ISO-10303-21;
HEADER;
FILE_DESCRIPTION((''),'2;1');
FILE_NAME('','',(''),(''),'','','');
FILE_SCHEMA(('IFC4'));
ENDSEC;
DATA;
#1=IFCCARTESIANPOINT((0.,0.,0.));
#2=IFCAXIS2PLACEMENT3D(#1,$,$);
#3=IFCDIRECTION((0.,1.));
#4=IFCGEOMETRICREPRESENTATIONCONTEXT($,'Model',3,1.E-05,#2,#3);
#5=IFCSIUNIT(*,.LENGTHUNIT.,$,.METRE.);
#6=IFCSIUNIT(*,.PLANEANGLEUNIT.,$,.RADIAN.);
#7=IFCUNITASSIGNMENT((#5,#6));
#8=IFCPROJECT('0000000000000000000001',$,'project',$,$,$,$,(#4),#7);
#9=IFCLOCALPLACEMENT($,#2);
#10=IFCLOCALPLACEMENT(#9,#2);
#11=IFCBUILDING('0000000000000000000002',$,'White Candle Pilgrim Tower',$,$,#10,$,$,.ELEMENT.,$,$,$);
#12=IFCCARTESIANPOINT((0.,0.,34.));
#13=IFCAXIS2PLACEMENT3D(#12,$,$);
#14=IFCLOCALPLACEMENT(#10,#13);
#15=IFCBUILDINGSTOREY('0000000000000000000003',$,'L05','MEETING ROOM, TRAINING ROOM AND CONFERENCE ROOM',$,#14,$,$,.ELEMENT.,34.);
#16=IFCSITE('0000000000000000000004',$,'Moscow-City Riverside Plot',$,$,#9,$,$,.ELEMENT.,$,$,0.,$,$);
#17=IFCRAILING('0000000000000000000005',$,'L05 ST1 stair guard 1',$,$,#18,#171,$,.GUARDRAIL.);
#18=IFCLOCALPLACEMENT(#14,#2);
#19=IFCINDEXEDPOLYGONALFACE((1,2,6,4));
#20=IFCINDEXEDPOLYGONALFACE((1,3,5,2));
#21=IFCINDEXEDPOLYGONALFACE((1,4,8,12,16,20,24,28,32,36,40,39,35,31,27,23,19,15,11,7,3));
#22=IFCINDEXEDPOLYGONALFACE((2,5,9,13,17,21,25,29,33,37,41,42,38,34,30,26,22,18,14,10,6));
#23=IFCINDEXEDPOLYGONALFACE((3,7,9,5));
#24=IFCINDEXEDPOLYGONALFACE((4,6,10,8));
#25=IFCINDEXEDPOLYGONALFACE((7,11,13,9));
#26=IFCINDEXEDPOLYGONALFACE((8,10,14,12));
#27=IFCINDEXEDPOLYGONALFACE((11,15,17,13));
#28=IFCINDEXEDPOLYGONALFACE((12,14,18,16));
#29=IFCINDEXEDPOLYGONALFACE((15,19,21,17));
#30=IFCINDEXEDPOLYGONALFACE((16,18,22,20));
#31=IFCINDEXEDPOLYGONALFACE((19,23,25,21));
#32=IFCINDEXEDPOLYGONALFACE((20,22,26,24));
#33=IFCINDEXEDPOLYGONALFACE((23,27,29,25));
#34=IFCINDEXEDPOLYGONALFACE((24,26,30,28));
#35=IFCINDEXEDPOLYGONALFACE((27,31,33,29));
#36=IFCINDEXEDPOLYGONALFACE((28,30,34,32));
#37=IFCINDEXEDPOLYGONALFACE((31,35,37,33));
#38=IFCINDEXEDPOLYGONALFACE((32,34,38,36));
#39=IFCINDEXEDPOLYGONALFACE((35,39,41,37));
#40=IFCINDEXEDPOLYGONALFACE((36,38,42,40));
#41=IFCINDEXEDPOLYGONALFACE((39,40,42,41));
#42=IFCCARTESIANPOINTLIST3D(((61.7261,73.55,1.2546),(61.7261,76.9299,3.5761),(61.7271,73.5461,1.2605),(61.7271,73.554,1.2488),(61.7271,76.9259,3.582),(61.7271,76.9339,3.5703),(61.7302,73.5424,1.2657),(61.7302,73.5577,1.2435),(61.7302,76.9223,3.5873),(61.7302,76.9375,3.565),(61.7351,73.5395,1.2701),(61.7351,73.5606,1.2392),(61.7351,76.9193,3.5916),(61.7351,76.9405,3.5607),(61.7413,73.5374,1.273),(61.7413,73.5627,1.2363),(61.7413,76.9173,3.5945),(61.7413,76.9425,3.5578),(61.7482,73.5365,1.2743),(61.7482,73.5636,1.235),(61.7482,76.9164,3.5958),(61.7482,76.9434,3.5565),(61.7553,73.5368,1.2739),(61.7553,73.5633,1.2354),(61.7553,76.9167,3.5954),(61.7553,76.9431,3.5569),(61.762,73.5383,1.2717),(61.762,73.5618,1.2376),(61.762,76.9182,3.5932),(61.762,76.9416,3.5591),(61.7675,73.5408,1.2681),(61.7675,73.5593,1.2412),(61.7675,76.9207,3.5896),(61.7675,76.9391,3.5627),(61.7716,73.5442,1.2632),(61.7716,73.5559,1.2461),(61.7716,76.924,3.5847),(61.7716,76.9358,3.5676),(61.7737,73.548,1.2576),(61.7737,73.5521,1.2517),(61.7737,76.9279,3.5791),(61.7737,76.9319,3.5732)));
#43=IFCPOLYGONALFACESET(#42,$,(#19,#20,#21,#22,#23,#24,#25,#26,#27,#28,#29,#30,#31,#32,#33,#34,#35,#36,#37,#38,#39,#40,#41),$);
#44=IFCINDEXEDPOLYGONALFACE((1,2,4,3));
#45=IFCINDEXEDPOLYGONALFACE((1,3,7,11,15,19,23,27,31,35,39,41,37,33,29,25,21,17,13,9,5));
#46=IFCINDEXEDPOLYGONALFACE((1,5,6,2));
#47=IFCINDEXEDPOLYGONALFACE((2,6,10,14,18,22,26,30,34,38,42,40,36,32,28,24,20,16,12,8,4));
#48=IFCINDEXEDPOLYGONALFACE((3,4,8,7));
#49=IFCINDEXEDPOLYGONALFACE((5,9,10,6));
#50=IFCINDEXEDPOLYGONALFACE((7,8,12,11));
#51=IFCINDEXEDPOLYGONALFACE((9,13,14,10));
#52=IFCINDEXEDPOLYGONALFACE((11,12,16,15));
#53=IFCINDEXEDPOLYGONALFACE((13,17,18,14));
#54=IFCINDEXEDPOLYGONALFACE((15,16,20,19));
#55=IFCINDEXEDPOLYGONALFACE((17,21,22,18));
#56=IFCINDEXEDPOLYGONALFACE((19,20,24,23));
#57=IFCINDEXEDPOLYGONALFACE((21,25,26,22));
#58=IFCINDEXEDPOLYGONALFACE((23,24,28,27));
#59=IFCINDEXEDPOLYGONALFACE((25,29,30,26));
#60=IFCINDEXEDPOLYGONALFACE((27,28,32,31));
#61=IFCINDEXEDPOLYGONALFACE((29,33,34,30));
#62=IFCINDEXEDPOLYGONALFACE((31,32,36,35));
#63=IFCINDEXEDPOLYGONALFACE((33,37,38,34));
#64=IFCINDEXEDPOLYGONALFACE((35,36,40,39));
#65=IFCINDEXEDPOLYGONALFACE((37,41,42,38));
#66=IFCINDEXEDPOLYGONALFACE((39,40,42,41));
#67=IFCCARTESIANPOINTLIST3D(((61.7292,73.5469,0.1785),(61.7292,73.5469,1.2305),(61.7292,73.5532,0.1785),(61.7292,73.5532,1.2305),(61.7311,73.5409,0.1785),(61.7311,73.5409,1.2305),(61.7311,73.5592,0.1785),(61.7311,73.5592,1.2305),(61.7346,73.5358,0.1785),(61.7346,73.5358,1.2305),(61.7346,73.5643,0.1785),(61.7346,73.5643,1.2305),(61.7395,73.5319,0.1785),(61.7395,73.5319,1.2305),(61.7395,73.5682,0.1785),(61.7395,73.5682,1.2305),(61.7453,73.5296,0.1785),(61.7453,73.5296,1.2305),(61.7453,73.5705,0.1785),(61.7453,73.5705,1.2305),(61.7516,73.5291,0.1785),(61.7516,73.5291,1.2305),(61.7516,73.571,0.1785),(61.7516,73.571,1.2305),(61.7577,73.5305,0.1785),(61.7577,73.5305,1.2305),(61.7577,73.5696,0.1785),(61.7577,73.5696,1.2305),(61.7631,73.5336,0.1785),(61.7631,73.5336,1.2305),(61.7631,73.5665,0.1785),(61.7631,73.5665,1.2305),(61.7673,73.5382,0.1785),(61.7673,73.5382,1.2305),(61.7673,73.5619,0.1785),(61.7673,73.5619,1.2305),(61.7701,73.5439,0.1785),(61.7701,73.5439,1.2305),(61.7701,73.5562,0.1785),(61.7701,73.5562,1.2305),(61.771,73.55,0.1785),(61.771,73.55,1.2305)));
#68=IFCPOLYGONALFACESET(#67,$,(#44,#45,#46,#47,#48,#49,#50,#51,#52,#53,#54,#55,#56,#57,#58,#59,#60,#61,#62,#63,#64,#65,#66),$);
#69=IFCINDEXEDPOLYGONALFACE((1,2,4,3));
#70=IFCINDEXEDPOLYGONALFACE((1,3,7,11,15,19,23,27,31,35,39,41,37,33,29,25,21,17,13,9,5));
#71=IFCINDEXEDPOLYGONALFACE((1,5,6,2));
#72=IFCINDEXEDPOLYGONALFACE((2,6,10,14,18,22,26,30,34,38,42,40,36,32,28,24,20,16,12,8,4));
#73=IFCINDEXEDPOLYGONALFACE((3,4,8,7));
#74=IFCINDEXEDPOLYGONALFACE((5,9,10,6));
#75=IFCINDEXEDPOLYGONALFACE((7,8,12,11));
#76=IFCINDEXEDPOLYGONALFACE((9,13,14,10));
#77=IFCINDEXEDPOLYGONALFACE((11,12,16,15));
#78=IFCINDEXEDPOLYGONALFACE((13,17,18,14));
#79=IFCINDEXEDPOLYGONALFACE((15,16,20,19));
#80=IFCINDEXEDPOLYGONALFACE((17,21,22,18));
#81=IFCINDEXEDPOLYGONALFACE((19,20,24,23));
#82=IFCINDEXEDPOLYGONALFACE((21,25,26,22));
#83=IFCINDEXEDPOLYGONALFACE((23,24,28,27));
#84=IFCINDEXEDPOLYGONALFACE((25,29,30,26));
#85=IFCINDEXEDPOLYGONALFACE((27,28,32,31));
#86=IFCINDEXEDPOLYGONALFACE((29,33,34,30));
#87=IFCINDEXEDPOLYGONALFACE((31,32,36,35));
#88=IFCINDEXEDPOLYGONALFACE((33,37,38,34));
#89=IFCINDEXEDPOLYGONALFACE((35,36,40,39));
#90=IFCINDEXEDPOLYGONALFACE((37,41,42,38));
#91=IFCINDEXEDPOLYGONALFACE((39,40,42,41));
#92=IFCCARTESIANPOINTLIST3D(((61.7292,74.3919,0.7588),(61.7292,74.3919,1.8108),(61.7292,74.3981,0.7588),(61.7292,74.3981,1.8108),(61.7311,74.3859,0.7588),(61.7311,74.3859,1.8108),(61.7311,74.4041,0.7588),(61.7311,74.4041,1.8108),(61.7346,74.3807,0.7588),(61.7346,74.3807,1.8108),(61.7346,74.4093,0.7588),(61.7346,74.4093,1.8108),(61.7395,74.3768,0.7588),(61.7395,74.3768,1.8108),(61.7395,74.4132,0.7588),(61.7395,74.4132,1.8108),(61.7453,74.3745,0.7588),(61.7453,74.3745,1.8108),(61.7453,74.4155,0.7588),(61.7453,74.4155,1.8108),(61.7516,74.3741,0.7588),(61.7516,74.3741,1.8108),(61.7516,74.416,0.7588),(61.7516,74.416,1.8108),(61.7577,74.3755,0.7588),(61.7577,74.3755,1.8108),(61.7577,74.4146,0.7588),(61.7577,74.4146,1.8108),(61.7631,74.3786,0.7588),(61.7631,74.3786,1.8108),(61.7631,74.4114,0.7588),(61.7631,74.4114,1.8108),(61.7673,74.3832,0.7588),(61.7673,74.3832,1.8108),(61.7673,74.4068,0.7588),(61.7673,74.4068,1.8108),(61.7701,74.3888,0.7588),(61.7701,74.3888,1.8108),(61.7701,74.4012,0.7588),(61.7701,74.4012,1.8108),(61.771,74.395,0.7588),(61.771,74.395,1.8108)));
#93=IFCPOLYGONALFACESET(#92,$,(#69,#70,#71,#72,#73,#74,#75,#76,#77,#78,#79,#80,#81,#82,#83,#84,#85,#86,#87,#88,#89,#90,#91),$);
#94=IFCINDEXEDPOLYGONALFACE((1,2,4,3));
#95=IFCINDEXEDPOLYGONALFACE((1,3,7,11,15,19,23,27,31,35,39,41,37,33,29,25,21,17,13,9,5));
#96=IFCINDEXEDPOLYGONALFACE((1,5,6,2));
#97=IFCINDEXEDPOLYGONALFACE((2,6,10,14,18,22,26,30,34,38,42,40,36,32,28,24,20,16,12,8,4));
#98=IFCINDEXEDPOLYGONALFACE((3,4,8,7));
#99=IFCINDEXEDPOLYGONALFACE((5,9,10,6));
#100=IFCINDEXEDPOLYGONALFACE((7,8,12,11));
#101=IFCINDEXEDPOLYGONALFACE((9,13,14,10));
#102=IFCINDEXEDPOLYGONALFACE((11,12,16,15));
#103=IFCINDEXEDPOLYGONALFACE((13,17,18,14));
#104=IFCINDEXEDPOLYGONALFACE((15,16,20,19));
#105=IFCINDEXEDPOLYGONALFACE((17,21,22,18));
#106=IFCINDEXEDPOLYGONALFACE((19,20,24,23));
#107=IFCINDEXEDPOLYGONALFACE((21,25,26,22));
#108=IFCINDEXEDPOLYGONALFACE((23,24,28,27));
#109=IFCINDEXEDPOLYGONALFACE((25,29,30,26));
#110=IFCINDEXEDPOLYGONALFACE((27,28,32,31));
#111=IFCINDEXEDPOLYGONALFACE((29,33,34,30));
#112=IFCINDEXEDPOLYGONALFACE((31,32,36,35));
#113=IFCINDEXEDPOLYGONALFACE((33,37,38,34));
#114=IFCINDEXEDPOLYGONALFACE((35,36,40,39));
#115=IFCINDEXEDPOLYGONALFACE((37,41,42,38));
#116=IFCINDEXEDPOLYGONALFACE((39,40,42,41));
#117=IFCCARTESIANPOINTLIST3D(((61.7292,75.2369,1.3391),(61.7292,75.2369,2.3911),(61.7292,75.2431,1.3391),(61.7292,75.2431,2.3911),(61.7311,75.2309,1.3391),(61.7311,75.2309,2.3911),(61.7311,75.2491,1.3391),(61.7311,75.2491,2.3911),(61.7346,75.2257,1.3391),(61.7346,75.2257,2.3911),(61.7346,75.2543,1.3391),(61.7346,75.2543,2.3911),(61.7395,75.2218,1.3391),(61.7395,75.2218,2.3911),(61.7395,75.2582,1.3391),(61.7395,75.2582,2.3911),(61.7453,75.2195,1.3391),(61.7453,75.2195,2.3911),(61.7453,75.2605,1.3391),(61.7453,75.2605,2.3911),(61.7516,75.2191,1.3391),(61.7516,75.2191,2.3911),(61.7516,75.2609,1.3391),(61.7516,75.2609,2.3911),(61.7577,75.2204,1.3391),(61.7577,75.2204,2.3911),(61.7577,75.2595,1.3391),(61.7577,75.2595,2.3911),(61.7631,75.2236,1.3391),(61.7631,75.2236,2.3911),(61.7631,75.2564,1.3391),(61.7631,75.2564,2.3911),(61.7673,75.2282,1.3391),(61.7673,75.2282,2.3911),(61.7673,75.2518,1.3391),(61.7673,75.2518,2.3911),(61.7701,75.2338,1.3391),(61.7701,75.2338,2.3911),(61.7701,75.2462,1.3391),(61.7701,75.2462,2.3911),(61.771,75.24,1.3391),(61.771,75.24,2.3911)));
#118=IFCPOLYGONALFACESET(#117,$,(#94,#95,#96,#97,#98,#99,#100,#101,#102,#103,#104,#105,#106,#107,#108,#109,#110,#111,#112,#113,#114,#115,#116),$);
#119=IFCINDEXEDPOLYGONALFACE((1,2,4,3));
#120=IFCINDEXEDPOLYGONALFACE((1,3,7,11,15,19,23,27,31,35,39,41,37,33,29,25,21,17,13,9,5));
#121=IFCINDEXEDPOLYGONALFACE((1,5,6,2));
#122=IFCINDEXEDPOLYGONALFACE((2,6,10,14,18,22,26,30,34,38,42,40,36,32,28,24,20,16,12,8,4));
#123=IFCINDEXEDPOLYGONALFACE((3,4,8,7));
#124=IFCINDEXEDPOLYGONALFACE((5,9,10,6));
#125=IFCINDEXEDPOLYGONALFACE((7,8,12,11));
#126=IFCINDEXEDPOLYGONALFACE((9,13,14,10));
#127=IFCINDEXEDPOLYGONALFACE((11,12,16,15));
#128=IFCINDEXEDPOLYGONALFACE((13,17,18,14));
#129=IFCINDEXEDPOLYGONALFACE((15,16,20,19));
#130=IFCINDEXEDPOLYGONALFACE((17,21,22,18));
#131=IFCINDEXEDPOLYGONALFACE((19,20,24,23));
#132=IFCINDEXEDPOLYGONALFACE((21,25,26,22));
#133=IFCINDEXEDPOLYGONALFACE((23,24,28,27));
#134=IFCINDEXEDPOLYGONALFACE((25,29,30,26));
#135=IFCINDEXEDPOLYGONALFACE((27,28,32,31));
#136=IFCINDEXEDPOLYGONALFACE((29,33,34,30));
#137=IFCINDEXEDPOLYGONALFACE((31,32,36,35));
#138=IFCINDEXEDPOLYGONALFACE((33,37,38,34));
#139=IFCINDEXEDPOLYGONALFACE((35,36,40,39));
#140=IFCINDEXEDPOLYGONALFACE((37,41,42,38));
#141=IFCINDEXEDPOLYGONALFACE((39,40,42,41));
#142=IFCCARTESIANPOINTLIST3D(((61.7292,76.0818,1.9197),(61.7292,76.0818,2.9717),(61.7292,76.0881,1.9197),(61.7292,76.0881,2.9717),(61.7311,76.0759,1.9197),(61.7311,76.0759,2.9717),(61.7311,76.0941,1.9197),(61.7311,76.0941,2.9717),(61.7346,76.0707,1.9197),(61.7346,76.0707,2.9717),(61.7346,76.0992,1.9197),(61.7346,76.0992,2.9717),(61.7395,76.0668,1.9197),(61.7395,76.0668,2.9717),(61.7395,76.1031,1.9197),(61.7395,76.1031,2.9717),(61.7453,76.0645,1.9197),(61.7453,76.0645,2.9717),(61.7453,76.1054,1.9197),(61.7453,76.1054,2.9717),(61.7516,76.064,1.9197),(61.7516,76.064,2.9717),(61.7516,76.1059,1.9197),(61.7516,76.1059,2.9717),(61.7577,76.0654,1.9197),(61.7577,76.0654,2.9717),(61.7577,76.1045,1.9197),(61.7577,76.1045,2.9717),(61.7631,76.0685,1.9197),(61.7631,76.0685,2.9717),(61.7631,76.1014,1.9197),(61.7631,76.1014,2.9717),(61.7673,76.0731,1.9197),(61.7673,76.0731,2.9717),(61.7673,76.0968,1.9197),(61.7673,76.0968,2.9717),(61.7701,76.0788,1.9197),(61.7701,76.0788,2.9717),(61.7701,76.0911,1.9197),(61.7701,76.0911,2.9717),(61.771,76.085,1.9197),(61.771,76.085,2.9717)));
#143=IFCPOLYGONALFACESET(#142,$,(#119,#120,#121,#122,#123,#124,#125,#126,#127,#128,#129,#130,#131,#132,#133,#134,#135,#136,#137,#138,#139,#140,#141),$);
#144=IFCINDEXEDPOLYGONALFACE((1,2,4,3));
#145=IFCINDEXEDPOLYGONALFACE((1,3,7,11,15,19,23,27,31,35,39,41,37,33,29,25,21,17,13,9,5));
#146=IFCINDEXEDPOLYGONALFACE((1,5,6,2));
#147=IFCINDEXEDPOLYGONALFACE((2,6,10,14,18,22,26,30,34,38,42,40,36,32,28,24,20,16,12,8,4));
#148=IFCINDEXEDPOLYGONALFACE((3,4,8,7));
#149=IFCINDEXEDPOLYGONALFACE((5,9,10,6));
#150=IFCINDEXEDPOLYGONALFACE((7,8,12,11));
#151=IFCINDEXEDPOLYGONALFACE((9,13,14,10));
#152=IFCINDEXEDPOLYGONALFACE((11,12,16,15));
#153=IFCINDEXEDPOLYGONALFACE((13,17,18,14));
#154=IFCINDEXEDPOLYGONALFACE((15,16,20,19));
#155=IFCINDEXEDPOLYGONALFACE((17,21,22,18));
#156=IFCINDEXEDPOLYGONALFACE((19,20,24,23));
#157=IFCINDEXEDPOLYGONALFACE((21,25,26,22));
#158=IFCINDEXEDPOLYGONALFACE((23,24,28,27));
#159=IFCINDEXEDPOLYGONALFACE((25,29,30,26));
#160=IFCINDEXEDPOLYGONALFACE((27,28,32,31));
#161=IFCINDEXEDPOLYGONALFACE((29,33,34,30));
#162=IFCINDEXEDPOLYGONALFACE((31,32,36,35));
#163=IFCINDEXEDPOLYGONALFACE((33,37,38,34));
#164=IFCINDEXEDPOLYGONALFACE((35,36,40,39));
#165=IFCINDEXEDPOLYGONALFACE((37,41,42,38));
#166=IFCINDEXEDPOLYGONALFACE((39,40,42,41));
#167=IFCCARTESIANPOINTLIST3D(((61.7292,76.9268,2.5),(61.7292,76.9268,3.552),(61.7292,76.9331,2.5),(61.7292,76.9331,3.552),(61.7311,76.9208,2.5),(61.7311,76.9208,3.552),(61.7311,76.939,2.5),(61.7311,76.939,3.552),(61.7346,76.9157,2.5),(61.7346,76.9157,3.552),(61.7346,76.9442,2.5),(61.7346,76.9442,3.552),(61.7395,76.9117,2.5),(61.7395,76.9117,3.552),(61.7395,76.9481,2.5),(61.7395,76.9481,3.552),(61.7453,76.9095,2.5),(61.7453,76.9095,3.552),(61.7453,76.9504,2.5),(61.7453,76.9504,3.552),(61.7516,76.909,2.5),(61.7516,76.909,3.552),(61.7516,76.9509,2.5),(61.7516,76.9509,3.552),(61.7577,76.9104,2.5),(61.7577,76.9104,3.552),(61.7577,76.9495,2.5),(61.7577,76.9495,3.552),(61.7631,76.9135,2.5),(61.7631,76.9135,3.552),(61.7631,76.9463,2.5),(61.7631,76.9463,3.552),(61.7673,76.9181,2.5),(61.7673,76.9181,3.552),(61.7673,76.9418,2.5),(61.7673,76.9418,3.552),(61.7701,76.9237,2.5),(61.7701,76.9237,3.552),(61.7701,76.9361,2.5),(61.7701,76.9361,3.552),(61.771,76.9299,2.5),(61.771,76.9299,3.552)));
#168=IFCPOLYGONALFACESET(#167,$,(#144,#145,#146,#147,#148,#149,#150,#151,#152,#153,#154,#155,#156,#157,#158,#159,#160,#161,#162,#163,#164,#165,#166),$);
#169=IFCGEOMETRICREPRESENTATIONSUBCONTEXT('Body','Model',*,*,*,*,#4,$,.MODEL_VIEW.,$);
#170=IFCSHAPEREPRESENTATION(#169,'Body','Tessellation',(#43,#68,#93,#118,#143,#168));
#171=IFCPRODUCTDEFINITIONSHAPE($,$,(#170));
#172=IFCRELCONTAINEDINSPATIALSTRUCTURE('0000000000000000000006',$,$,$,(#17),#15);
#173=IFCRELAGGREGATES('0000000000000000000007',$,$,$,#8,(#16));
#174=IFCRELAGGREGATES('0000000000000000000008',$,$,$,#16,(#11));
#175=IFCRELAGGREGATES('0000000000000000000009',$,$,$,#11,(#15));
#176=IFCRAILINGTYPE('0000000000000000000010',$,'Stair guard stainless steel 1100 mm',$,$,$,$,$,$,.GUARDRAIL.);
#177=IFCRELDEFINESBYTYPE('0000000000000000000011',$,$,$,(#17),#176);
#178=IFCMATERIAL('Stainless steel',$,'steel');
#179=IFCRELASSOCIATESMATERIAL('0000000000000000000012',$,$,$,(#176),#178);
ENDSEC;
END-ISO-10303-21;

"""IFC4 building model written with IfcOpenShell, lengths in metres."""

from ifc_helpers import new_model, si_unit, direction, frame, origin, origin_2d, place, context, subcontext, project, spatial, circle, extrude, material, type_object, element, save


model = new_model("IFC4")

# Units and contexts
model_context = context("Model", 3, precision=1e-05, world=origin(), true_north=direction((0.0, 1.0)))
body_context = subcontext(model_context, "Body", "Model", "MODEL_VIEW")
ifc_project = project(units=[si_unit("LENGTHUNIT", "METRE"), si_unit("PLANEANGLEUNIT", "RADIAN")], contexts=[model_context])

# Site, building, storey
site_placement = place(None, origin())
site = spatial("IfcSite", under=ifc_project, at=site_placement, Name="Moscow-City Riverside Plot", CompositionType="ELEMENT", RefElevation=0.0)
building_placement = place(site_placement, origin())
building = spatial("IfcBuilding", under=site, at=building_placement, Name="White Candle Pilgrim Tower", CompositionType="ELEMENT")
storey_placement = place(building_placement, frame((0.0, 0.0, 34.0)))
storey = spatial("IfcBuildingStorey", under=building, at=storey_placement, Name="L05", Description="MEETING ROOM, TRAINING ROOM AND CONFERENCE ROOM", CompositionType="ELEMENT", Elevation=34.0)

# Railing
ifc_material_1 = material(Name="Stainless steel", Category="steel")
railing_type_1 = type_object("IfcRailingType", Name="Stair guard stainless steel 1100 mm", PredefinedType="GUARDRAIL", material=ifc_material_1)
railing_1_placement = place(storey_placement, frame((61.75, 73.55, 0.1785)))
element("IfcRailing", 1, at=railing_1_placement, inside=storey, type_object=railing_type_1, Name="L05 ST1 stair guard 1", PredefinedType="GUARDRAIL", context=body_context, shape_type="SweptSolid", body=[
    extrude(circle(Radius=0.0239, at=origin_2d()), frame((0.0, 0.0, 1.0762), z_axis=(0.0, 0.824285, 0.566175), x_axis=(-1.0, 0.0, 0.0)), (0.0, 0.0, 1.0), 4.1003),
    extrude(circle(Radius=0.021, at=origin_2d()), origin(), (0.0, 0.0, 1.0), 1.052),
    extrude(circle(Radius=0.021, at=origin_2d()), frame((0.0, 0.845, 0.5803)), (0.0, 0.0, 1.0), 1.052),
    extrude(circle(Radius=0.021, at=origin_2d()), frame((0.0, 1.6899, 1.1606)), (0.0, 0.0, 1.0), 1.052),
    extrude(circle(Radius=0.021, at=origin_2d()), frame((0.0, 2.5349, 1.7412)), (0.0, 0.0, 1.0), 1.052),
    extrude(circle(Radius=0.021, at=origin_2d()), frame((0.0, 3.3799, 2.3215)), (0.0, 0.0, 1.0), 1.052),
])

save(model, "model.ifc")
